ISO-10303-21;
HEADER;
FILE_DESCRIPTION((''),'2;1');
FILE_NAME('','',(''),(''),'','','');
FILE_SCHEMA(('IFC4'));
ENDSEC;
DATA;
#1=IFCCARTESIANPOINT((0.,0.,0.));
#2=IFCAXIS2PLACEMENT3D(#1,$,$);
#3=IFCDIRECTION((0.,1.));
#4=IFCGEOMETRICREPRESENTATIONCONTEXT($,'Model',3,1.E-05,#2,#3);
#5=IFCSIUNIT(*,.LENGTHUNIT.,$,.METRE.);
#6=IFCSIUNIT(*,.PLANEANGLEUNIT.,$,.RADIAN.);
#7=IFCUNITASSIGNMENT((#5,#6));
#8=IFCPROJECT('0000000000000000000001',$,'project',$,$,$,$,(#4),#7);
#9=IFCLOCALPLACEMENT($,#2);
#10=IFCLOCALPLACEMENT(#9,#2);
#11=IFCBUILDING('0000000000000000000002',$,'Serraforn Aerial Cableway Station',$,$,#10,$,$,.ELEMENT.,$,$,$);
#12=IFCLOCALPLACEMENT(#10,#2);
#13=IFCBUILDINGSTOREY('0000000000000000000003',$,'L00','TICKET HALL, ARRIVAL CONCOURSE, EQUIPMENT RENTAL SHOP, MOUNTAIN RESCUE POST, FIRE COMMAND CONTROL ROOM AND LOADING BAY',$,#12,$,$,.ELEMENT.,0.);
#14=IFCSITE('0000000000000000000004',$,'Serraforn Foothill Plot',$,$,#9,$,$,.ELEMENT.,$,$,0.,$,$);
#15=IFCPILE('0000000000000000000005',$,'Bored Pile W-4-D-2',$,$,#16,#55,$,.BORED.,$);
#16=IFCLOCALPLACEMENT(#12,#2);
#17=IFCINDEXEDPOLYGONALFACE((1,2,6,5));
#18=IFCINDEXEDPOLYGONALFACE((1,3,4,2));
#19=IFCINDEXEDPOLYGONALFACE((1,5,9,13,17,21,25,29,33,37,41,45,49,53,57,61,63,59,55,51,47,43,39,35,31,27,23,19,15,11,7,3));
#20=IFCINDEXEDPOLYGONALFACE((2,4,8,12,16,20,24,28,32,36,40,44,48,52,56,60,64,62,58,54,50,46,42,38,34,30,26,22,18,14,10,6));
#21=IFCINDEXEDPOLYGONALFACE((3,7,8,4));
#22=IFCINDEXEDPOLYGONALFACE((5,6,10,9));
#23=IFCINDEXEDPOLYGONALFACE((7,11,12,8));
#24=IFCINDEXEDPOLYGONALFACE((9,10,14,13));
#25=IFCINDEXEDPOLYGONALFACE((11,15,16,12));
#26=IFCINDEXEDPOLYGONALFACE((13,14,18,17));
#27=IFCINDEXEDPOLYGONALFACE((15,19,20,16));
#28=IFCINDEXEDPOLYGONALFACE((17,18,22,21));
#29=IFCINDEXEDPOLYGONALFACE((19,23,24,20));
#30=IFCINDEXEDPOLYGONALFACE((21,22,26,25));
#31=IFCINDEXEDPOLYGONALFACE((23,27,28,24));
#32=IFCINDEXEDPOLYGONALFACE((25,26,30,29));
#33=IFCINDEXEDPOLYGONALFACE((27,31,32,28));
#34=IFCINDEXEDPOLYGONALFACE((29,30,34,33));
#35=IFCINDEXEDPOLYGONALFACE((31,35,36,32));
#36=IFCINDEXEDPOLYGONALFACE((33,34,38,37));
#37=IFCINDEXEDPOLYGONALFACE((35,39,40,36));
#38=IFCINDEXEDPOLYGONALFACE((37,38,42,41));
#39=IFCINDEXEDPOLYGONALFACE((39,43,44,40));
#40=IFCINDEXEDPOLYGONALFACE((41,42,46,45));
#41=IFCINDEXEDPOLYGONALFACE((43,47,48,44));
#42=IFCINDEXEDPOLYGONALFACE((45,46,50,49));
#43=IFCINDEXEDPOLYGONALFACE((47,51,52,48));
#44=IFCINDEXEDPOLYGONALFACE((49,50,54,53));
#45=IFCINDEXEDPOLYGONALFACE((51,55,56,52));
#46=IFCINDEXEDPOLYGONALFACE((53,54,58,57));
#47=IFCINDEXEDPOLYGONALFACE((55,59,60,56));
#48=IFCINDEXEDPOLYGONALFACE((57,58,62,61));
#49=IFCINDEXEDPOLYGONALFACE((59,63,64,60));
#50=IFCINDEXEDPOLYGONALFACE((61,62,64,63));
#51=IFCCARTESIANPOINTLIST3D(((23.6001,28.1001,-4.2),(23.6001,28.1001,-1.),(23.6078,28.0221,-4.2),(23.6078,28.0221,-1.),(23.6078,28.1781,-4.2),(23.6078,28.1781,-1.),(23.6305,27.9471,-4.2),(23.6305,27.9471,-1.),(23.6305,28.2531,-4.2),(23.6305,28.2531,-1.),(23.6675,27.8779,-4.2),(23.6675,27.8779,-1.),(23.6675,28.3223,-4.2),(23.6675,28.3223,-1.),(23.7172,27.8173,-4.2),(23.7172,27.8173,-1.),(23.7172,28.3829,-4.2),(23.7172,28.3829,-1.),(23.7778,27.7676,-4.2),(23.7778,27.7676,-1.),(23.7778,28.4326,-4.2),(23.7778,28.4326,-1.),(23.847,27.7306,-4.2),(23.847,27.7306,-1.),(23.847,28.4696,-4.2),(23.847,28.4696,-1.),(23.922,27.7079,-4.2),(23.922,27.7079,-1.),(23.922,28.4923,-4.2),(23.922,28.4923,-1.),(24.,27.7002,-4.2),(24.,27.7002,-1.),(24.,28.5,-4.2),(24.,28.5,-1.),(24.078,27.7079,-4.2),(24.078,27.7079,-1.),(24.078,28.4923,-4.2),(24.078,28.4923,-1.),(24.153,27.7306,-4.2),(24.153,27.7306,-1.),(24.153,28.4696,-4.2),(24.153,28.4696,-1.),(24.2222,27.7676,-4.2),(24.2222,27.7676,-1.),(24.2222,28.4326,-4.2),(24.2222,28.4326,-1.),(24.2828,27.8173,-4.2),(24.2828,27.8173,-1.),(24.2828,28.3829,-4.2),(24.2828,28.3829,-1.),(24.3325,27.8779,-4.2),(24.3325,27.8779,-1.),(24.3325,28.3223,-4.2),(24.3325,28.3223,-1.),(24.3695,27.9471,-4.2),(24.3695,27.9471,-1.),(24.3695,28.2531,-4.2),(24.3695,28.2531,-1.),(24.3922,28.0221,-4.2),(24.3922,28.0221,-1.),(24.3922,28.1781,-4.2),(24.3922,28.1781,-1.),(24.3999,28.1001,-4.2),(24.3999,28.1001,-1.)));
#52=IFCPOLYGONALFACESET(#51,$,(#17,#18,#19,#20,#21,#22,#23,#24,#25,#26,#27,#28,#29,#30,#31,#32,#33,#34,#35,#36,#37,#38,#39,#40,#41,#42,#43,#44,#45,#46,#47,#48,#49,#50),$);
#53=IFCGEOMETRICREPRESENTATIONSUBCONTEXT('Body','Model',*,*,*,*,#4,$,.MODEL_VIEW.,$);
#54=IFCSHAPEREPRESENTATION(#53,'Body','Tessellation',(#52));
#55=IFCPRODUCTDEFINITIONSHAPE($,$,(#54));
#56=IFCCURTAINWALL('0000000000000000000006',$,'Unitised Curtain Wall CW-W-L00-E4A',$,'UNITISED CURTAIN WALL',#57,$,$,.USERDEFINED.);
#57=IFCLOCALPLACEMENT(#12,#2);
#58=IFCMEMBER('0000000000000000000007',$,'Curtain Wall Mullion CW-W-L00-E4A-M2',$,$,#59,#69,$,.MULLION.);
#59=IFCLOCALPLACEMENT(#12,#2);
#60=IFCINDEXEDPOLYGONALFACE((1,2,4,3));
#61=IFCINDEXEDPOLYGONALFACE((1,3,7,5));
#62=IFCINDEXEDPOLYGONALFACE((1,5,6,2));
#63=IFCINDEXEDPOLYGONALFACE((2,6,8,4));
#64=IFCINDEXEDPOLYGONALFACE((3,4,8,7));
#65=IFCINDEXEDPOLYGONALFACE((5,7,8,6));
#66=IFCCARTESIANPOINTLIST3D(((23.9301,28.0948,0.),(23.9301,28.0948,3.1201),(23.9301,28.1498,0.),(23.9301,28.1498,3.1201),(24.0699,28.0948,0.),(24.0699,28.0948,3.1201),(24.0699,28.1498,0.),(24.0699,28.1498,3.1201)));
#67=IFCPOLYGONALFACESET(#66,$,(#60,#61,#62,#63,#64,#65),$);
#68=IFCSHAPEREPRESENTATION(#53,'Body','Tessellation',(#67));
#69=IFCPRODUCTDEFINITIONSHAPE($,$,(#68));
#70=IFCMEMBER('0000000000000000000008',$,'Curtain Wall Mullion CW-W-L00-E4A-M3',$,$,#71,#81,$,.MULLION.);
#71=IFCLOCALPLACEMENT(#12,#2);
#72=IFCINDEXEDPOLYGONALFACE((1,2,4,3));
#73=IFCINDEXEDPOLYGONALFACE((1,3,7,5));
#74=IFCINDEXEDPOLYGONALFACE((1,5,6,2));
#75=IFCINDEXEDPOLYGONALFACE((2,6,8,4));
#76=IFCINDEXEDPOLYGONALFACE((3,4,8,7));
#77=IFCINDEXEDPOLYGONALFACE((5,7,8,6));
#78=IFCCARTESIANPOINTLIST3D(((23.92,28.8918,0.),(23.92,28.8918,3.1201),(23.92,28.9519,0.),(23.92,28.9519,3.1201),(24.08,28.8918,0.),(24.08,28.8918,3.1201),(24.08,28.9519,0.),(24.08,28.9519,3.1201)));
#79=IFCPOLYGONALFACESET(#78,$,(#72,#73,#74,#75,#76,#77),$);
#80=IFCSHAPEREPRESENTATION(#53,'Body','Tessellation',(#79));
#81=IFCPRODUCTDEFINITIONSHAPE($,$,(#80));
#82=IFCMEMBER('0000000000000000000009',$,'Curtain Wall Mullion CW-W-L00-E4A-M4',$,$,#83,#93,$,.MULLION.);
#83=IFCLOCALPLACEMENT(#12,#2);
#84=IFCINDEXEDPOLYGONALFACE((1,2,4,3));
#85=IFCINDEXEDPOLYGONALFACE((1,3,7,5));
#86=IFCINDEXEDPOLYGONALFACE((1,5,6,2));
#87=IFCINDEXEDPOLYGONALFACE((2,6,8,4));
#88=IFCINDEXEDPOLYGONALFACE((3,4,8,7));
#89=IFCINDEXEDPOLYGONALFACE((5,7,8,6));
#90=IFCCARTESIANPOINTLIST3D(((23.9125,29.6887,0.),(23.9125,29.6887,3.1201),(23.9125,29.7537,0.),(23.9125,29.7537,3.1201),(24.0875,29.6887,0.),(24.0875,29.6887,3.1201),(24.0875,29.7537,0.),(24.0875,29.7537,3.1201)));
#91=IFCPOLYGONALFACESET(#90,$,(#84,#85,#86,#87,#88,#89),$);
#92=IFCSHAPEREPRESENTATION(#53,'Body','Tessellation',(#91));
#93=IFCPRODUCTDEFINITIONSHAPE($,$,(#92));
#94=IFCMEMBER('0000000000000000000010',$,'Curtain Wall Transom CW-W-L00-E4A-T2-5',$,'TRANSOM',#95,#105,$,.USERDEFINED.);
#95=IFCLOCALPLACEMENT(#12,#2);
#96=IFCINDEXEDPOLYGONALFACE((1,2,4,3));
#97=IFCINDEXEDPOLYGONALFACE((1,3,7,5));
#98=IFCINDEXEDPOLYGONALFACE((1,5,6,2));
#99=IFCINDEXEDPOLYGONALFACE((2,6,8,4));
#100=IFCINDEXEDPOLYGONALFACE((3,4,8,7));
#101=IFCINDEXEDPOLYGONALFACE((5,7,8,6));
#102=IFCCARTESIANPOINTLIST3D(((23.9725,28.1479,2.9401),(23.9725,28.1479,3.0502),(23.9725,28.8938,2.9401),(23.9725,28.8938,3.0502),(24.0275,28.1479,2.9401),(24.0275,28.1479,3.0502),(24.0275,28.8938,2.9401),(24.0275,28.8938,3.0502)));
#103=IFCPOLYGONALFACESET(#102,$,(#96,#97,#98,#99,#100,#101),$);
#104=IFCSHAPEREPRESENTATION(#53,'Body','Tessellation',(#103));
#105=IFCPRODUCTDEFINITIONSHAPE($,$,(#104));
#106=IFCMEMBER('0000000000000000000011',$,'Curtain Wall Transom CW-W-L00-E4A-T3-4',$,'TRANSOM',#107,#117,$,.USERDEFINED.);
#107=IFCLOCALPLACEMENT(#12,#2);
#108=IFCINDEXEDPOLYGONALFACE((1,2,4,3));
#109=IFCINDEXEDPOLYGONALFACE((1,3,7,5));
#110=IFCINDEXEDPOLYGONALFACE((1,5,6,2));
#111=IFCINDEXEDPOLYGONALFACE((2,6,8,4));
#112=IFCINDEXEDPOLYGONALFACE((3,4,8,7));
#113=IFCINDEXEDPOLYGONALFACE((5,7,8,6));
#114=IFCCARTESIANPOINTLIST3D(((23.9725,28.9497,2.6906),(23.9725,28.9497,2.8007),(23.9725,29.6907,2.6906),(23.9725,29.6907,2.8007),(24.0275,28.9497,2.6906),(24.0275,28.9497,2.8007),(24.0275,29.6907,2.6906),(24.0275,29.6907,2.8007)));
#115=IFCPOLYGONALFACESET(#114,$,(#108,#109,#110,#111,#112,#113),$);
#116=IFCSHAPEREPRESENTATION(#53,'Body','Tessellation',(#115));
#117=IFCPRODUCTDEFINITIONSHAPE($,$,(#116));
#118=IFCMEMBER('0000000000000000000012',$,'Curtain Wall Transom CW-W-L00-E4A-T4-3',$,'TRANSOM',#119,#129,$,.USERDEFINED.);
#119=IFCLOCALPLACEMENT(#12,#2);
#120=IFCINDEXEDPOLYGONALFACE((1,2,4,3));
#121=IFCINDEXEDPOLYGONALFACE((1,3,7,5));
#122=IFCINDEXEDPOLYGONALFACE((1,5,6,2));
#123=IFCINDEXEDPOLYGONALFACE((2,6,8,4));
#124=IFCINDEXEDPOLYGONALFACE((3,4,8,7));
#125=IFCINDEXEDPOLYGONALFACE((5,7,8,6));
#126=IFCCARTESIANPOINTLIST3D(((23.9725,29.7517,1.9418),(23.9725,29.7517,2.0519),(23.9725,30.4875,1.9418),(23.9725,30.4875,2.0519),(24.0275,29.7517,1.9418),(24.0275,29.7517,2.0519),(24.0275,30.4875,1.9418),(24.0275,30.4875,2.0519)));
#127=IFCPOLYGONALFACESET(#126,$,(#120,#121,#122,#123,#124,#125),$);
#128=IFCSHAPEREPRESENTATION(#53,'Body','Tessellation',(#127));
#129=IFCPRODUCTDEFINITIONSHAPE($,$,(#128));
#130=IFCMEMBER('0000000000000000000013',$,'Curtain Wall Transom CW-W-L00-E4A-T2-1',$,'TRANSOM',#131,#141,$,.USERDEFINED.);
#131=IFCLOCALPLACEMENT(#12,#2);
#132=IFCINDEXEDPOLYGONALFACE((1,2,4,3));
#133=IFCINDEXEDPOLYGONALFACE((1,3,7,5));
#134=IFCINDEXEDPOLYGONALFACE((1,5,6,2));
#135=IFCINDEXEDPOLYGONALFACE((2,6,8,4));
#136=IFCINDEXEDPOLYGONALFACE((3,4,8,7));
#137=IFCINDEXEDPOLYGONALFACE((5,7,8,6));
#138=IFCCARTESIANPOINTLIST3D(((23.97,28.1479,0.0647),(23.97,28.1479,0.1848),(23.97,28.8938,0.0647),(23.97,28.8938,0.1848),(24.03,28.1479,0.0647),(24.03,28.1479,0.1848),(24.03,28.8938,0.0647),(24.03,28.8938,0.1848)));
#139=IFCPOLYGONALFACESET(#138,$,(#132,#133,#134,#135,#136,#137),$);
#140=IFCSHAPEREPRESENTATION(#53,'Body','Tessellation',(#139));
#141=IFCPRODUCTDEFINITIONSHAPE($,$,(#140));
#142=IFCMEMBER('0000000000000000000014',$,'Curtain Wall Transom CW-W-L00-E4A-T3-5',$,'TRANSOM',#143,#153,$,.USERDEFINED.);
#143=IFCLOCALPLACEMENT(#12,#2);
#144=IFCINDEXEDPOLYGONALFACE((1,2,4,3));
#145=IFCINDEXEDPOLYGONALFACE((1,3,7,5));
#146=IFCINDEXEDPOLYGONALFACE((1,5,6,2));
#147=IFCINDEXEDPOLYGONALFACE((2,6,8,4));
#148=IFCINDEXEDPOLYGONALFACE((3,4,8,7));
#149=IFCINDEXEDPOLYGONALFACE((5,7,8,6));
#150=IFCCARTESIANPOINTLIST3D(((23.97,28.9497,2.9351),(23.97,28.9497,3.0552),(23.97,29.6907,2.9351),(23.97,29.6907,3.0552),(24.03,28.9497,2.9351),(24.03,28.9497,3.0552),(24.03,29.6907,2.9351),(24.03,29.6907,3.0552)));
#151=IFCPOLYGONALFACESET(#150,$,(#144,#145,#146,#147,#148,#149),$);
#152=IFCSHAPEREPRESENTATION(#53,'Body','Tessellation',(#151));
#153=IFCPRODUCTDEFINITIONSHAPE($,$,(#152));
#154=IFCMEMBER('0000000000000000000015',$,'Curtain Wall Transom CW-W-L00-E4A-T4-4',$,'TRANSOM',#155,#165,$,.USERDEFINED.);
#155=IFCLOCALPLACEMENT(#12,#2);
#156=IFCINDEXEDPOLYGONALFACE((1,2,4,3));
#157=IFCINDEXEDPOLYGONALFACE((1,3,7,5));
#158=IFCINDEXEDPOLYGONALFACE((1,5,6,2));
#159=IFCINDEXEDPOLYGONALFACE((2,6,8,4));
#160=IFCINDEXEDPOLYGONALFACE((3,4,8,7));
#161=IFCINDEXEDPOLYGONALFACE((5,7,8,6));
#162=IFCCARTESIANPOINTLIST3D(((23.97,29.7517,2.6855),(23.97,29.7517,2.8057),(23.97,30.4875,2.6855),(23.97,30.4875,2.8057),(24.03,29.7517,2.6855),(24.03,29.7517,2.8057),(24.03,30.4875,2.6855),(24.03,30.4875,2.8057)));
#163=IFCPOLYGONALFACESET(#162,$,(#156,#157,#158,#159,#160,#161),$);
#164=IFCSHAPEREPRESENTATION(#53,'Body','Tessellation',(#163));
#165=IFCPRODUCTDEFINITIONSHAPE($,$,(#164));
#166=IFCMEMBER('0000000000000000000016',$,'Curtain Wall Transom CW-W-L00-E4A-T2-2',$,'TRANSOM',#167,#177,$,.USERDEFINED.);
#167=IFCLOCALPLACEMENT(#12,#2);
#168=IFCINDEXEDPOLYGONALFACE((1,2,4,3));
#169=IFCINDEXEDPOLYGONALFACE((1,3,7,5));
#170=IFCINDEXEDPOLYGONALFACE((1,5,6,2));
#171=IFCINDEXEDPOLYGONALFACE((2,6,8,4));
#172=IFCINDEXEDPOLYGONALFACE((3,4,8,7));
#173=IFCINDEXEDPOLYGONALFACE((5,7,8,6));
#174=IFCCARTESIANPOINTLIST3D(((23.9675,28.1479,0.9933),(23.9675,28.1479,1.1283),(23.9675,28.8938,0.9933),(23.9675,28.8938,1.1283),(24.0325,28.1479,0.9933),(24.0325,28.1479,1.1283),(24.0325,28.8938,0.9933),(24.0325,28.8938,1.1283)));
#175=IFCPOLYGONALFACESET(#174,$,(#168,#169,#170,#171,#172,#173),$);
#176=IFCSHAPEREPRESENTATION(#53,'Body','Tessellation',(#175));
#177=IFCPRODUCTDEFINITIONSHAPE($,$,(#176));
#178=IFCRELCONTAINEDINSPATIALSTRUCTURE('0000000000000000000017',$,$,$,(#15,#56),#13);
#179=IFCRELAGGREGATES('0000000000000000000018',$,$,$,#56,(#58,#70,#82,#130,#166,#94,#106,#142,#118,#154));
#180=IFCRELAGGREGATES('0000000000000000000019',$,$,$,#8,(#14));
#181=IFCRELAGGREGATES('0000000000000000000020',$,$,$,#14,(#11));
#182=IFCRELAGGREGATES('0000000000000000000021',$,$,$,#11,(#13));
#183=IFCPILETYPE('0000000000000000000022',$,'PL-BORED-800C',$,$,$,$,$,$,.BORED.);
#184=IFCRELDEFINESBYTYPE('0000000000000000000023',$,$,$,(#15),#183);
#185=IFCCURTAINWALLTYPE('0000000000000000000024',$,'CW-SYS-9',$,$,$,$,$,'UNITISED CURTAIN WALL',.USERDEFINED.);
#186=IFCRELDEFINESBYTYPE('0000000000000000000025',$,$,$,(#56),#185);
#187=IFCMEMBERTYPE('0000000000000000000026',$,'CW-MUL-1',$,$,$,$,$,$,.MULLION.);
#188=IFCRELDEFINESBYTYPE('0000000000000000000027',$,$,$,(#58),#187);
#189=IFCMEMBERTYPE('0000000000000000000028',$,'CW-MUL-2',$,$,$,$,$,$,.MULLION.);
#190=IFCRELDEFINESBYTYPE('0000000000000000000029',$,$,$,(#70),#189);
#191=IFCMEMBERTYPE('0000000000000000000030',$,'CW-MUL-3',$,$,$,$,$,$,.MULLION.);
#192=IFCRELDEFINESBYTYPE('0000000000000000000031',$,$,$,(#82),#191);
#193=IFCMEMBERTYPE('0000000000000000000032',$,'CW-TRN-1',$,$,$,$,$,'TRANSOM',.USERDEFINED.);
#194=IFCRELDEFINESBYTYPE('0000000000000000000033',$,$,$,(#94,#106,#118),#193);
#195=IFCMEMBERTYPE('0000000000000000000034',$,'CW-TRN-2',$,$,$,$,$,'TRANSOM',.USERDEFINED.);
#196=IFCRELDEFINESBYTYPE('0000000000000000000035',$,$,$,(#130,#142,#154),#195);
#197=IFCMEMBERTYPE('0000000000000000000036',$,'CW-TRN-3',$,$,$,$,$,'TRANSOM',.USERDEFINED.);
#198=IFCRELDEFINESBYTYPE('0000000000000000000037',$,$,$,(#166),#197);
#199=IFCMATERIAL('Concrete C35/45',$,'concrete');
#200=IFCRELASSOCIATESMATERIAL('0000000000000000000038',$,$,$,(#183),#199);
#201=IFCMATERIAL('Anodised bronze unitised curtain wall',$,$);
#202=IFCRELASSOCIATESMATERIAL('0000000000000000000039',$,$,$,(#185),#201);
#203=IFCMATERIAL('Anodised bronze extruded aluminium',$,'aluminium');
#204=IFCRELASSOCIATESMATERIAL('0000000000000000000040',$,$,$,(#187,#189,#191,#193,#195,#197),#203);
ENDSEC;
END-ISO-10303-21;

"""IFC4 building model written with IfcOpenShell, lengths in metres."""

from ifc_helpers import new_model, si_unit, direction, frame, origin, origin_2d, place, context, subcontext, project, spatial, rectangle, circle, extrude, material, material_profile, profile_set, type_object, element, aggregate, save


model = new_model("IFC4")

# Units and contexts
model_context = context("Model", 3, precision=1e-05, world=origin(), true_north=direction((0.0, 1.0)))
body_context = subcontext(model_context, "Body", "Model", "MODEL_VIEW")
ifc_project = project(units=[si_unit("LENGTHUNIT", "METRE"), si_unit("PLANEANGLEUNIT", "RADIAN")], contexts=[model_context])

# Site, building, storey
site_placement = place(None, origin())
site = spatial("IfcSite", under=ifc_project, at=site_placement, Name="Serraforn Foothill Plot", CompositionType="ELEMENT", RefElevation=0.0)
building_placement = place(site_placement, origin())
building = spatial("IfcBuilding", under=site, at=building_placement, Name="Serraforn Aerial Cableway Station", CompositionType="ELEMENT")
storey_placement = place(building_placement, origin())
storey = spatial("IfcBuildingStorey", under=building, at=storey_placement, Name="L00", Description="TICKET HALL, ARRIVAL CONCOURSE, EQUIPMENT RENTAL SHOP, MOUNTAIN RESCUE POST, FIRE COMMAND CONTROL ROOM AND LOADING BAY", CompositionType="ELEMENT", Elevation=0.0)

# Pile
ifc_material_1 = material(Name="Concrete C35/45", Category="concrete")
ifc_material_profile_1 = material_profile(ifc_material_1, circle(Radius=0.3999, at=origin_2d()), Name="BORED PILE D800")
ifc_profile_set_1 = profile_set([ifc_material_profile_1], Name="Concrete C35/45")
pile_type = type_object("IfcPileType", Name="PL-BORED-800C", PredefinedType="BORED", material=ifc_profile_set_1)
pile_placement = place(storey_placement, frame((24.0, 28.1001, -1.0), z_axis=(0.0, 0.0, -1.0), x_axis=(1.0, 0.0, 0.0)))
element("IfcPile", 1, at=pile_placement, inside=storey, type_object=pile_type, Name="Bored Pile W-4-D-2", PredefinedType="BORED", context=body_context, shape_type="SweptSolid", body=[
    extrude(circle(Radius=0.3999, at=origin_2d()), origin(), (0.0, 0.0, 1.0), 3.2),
])

# Curtain wall, members
ifc_material_2 = material(Name="Anodised bronze unitised curtain wall")
curtain_wall_type = type_object("IfcCurtainWallType", Name="CW-SYS-9", ElementType="UNITISED CURTAIN WALL", PredefinedType="USERDEFINED", material=ifc_material_2)
curtain_wall_placement = place(storey_placement, origin())
curtain_wall = element("IfcCurtainWall", 2, at=curtain_wall_placement, inside=storey, type_object=curtain_wall_type, Name="Unitised Curtain Wall CW-W-L00-E4A", ObjectType="UNITISED CURTAIN WALL", PredefinedType="USERDEFINED")
ifc_material_3 = material(Name="Anodised bronze extruded aluminium", Category="aluminium")
ifc_material_profile_2 = material_profile(ifc_material_3, rectangle(XDim=0.0549, YDim=0.1399, at=origin_2d()), Name="CW MULLION 55x140")
ifc_profile_set_2 = profile_set([ifc_material_profile_2], Name="Anodised bronze extruded aluminium")
member_type_1 = type_object("IfcMemberType", Name="CW-MUL-1", PredefinedType="MULLION", material=ifc_profile_set_2)
member_1_placement = place(storey_placement, frame((24.0, 28.1223, 0.0), z_axis=(0.0, 0.0, 1.0), x_axis=(0.0, 1.0, 0.0)))
member_1 = element("IfcMember", 3, at=member_1_placement, type_object=member_type_1, Name="Curtain Wall Mullion CW-W-L00-E4A-M2", PredefinedType="MULLION", context=body_context, shape_type="SweptSolid", body=[
    extrude(rectangle(XDim=0.0549, YDim=0.1399, at=origin_2d()), origin(), (0.0, 0.0, 1.0), 3.1201),
])
ifc_material_profile_3 = material_profile(ifc_material_3, rectangle(XDim=0.0601, YDim=0.1599, at=origin_2d()), Name="CW MULLION 60x160")
ifc_profile_set_3 = profile_set([ifc_material_profile_3], Name="Anodised bronze extruded aluminium")
member_type_2 = type_object("IfcMemberType", Name="CW-MUL-2", PredefinedType="MULLION", material=ifc_profile_set_3)
member_2_placement = place(storey_placement, frame((24.0, 28.9219, 0.0), z_axis=(0.0, 0.0, 1.0), x_axis=(0.0, 1.0, 0.0)))
member_2 = element("IfcMember", 4, at=member_2_placement, type_object=member_type_2, Name="Curtain Wall Mullion CW-W-L00-E4A-M3", PredefinedType="MULLION", context=body_context, shape_type="SweptSolid", body=[
    extrude(rectangle(XDim=0.0601, YDim=0.1599, at=origin_2d()), origin(), (0.0, 0.0, 1.0), 3.1201),
])
ifc_material_profile_4 = material_profile(ifc_material_3, rectangle(XDim=0.0649, YDim=0.175, at=origin_2d()), Name="CW MULLION 65x175")
ifc_profile_set_4 = profile_set([ifc_material_profile_4], Name="Anodised bronze extruded aluminium")
member_type_3 = type_object("IfcMemberType", Name="CW-MUL-3", PredefinedType="MULLION", material=ifc_profile_set_4)
member_3_placement = place(storey_placement, frame((24.0, 29.7212, 0.0), z_axis=(0.0, 0.0, 1.0), x_axis=(0.0, 1.0, 0.0)))
member_3 = element("IfcMember", 5, at=member_3_placement, type_object=member_type_3, Name="Curtain Wall Mullion CW-W-L00-E4A-M4", PredefinedType="MULLION", context=body_context, shape_type="SweptSolid", body=[
    extrude(rectangle(XDim=0.0649, YDim=0.175, at=origin_2d()), origin(), (0.0, 0.0, 1.0), 3.1201),
])
ifc_material_profile_5 = material_profile(ifc_material_3, rectangle(XDim=0.0549, YDim=0.1101, at=origin_2d()), Name="CW TRANSOM 55x110")
ifc_profile_set_5 = profile_set([ifc_material_profile_5], Name="Anodised bronze extruded aluminium")
member_type_4 = type_object("IfcMemberType", Name="CW-TRN-1", ElementType="TRANSOM", PredefinedType="USERDEFINED", material=ifc_profile_set_5)
member_4_placement = place(storey_placement, frame((24.0, 28.1479, 2.9951), z_axis=(0.0, 1.0, 0.0), x_axis=(-1.0, 0.0, 0.0)))
member_4 = element("IfcMember", 6, at=member_4_placement, type_object=member_type_4, Name="Curtain Wall Transom CW-W-L00-E4A-T2-5", ObjectType="TRANSOM", PredefinedType="USERDEFINED", context=body_context, shape_type="SweptSolid", body=[
    extrude(rectangle(XDim=0.0549, YDim=0.1101, at=origin_2d()), origin(), (0.0, 0.0, 1.0), 0.7458),
])
member_5_placement = place(storey_placement, frame((24.0, 28.9497, 2.7456), z_axis=(0.0, 1.0, 0.0), x_axis=(-1.0, 0.0, 0.0)))
member_5 = element("IfcMember", 7, at=member_5_placement, type_object=member_type_4, Name="Curtain Wall Transom CW-W-L00-E4A-T3-4", ObjectType="TRANSOM", PredefinedType="USERDEFINED", context=body_context, shape_type="SweptSolid", body=[
    extrude(rectangle(XDim=0.0549, YDim=0.1101, at=origin_2d()), origin(), (0.0, 0.0, 1.0), 0.741),
])
member_6_placement = place(storey_placement, frame((24.0, 29.7517, 1.9968), z_axis=(0.0, 1.0, 0.0), x_axis=(-1.0, 0.0, 0.0)))
member_6 = element("IfcMember", 8, at=member_6_placement, type_object=member_type_4, Name="Curtain Wall Transom CW-W-L00-E4A-T4-3", ObjectType="TRANSOM", PredefinedType="USERDEFINED", context=body_context, shape_type="SweptSolid", body=[
    extrude(rectangle(XDim=0.0549, YDim=0.1101, at=origin_2d()), origin(), (0.0, 0.0, 1.0), 0.7358),
])
ifc_material_profile_6 = material_profile(ifc_material_3, rectangle(XDim=0.0601, YDim=0.1201, at=origin_2d()), Name="CW TRANSOM 60x120")
ifc_profile_set_6 = profile_set([ifc_material_profile_6], Name="Anodised bronze extruded aluminium")
member_type_5 = type_object("IfcMemberType", Name="CW-TRN-2", ElementType="TRANSOM", PredefinedType="USERDEFINED", material=ifc_profile_set_6)
member_7_placement = place(storey_placement, frame((24.0, 28.1479, 0.1248), z_axis=(0.0, 1.0, 0.0), x_axis=(-1.0, 0.0, 0.0)))
member_7 = element("IfcMember", 9, at=member_7_placement, type_object=member_type_5, Name="Curtain Wall Transom CW-W-L00-E4A-T2-1", ObjectType="TRANSOM", PredefinedType="USERDEFINED", context=body_context, shape_type="SweptSolid", body=[
    extrude(rectangle(XDim=0.0601, YDim=0.1201, at=origin_2d()), origin(), (0.0, 0.0, 1.0), 0.7458),
])
member_8_placement = place(storey_placement, frame((24.0, 28.9497, 2.9951), z_axis=(0.0, 1.0, 0.0), x_axis=(-1.0, 0.0, 0.0)))
member_8 = element("IfcMember", 10, at=member_8_placement, type_object=member_type_5, Name="Curtain Wall Transom CW-W-L00-E4A-T3-5", ObjectType="TRANSOM", PredefinedType="USERDEFINED", context=body_context, shape_type="SweptSolid", body=[
    extrude(rectangle(XDim=0.0601, YDim=0.1201, at=origin_2d()), origin(), (0.0, 0.0, 1.0), 0.741),
])
member_9_placement = place(storey_placement, frame((24.0, 29.7517, 2.7456), z_axis=(0.0, 1.0, 0.0), x_axis=(-1.0, 0.0, 0.0)))
member_9 = element("IfcMember", 11, at=member_9_placement, type_object=member_type_5, Name="Curtain Wall Transom CW-W-L00-E4A-T4-4", ObjectType="TRANSOM", PredefinedType="USERDEFINED", context=body_context, shape_type="SweptSolid", body=[
    extrude(rectangle(XDim=0.0601, YDim=0.1201, at=origin_2d()), origin(), (0.0, 0.0, 1.0), 0.7358),
])
ifc_material_profile_7 = material_profile(ifc_material_3, rectangle(XDim=0.0649, YDim=0.135, at=origin_2d()), Name="CW TRANSOM 65x135")
ifc_profile_set_7 = profile_set([ifc_material_profile_7], Name="Anodised bronze extruded aluminium")
member_type_6 = type_object("IfcMemberType", Name="CW-TRN-3", ElementType="TRANSOM", PredefinedType="USERDEFINED", material=ifc_profile_set_7)
member_10_placement = place(storey_placement, frame((24.0, 28.1479, 1.0608), z_axis=(0.0, 1.0, 0.0), x_axis=(-1.0, 0.0, 0.0)))
member_10 = element("IfcMember", 12, at=member_10_placement, type_object=member_type_6, Name="Curtain Wall Transom CW-W-L00-E4A-T2-2", ObjectType="TRANSOM", PredefinedType="USERDEFINED", context=body_context, shape_type="SweptSolid", body=[
    extrude(rectangle(XDim=0.0649, YDim=0.135, at=origin_2d()), origin(), (0.0, 0.0, 1.0), 0.7458),
])
aggregate(curtain_wall, [member_1, member_2, member_3, member_7, member_10, member_4, member_5, member_8, member_6, member_9])

save(model, "model.ifc")
